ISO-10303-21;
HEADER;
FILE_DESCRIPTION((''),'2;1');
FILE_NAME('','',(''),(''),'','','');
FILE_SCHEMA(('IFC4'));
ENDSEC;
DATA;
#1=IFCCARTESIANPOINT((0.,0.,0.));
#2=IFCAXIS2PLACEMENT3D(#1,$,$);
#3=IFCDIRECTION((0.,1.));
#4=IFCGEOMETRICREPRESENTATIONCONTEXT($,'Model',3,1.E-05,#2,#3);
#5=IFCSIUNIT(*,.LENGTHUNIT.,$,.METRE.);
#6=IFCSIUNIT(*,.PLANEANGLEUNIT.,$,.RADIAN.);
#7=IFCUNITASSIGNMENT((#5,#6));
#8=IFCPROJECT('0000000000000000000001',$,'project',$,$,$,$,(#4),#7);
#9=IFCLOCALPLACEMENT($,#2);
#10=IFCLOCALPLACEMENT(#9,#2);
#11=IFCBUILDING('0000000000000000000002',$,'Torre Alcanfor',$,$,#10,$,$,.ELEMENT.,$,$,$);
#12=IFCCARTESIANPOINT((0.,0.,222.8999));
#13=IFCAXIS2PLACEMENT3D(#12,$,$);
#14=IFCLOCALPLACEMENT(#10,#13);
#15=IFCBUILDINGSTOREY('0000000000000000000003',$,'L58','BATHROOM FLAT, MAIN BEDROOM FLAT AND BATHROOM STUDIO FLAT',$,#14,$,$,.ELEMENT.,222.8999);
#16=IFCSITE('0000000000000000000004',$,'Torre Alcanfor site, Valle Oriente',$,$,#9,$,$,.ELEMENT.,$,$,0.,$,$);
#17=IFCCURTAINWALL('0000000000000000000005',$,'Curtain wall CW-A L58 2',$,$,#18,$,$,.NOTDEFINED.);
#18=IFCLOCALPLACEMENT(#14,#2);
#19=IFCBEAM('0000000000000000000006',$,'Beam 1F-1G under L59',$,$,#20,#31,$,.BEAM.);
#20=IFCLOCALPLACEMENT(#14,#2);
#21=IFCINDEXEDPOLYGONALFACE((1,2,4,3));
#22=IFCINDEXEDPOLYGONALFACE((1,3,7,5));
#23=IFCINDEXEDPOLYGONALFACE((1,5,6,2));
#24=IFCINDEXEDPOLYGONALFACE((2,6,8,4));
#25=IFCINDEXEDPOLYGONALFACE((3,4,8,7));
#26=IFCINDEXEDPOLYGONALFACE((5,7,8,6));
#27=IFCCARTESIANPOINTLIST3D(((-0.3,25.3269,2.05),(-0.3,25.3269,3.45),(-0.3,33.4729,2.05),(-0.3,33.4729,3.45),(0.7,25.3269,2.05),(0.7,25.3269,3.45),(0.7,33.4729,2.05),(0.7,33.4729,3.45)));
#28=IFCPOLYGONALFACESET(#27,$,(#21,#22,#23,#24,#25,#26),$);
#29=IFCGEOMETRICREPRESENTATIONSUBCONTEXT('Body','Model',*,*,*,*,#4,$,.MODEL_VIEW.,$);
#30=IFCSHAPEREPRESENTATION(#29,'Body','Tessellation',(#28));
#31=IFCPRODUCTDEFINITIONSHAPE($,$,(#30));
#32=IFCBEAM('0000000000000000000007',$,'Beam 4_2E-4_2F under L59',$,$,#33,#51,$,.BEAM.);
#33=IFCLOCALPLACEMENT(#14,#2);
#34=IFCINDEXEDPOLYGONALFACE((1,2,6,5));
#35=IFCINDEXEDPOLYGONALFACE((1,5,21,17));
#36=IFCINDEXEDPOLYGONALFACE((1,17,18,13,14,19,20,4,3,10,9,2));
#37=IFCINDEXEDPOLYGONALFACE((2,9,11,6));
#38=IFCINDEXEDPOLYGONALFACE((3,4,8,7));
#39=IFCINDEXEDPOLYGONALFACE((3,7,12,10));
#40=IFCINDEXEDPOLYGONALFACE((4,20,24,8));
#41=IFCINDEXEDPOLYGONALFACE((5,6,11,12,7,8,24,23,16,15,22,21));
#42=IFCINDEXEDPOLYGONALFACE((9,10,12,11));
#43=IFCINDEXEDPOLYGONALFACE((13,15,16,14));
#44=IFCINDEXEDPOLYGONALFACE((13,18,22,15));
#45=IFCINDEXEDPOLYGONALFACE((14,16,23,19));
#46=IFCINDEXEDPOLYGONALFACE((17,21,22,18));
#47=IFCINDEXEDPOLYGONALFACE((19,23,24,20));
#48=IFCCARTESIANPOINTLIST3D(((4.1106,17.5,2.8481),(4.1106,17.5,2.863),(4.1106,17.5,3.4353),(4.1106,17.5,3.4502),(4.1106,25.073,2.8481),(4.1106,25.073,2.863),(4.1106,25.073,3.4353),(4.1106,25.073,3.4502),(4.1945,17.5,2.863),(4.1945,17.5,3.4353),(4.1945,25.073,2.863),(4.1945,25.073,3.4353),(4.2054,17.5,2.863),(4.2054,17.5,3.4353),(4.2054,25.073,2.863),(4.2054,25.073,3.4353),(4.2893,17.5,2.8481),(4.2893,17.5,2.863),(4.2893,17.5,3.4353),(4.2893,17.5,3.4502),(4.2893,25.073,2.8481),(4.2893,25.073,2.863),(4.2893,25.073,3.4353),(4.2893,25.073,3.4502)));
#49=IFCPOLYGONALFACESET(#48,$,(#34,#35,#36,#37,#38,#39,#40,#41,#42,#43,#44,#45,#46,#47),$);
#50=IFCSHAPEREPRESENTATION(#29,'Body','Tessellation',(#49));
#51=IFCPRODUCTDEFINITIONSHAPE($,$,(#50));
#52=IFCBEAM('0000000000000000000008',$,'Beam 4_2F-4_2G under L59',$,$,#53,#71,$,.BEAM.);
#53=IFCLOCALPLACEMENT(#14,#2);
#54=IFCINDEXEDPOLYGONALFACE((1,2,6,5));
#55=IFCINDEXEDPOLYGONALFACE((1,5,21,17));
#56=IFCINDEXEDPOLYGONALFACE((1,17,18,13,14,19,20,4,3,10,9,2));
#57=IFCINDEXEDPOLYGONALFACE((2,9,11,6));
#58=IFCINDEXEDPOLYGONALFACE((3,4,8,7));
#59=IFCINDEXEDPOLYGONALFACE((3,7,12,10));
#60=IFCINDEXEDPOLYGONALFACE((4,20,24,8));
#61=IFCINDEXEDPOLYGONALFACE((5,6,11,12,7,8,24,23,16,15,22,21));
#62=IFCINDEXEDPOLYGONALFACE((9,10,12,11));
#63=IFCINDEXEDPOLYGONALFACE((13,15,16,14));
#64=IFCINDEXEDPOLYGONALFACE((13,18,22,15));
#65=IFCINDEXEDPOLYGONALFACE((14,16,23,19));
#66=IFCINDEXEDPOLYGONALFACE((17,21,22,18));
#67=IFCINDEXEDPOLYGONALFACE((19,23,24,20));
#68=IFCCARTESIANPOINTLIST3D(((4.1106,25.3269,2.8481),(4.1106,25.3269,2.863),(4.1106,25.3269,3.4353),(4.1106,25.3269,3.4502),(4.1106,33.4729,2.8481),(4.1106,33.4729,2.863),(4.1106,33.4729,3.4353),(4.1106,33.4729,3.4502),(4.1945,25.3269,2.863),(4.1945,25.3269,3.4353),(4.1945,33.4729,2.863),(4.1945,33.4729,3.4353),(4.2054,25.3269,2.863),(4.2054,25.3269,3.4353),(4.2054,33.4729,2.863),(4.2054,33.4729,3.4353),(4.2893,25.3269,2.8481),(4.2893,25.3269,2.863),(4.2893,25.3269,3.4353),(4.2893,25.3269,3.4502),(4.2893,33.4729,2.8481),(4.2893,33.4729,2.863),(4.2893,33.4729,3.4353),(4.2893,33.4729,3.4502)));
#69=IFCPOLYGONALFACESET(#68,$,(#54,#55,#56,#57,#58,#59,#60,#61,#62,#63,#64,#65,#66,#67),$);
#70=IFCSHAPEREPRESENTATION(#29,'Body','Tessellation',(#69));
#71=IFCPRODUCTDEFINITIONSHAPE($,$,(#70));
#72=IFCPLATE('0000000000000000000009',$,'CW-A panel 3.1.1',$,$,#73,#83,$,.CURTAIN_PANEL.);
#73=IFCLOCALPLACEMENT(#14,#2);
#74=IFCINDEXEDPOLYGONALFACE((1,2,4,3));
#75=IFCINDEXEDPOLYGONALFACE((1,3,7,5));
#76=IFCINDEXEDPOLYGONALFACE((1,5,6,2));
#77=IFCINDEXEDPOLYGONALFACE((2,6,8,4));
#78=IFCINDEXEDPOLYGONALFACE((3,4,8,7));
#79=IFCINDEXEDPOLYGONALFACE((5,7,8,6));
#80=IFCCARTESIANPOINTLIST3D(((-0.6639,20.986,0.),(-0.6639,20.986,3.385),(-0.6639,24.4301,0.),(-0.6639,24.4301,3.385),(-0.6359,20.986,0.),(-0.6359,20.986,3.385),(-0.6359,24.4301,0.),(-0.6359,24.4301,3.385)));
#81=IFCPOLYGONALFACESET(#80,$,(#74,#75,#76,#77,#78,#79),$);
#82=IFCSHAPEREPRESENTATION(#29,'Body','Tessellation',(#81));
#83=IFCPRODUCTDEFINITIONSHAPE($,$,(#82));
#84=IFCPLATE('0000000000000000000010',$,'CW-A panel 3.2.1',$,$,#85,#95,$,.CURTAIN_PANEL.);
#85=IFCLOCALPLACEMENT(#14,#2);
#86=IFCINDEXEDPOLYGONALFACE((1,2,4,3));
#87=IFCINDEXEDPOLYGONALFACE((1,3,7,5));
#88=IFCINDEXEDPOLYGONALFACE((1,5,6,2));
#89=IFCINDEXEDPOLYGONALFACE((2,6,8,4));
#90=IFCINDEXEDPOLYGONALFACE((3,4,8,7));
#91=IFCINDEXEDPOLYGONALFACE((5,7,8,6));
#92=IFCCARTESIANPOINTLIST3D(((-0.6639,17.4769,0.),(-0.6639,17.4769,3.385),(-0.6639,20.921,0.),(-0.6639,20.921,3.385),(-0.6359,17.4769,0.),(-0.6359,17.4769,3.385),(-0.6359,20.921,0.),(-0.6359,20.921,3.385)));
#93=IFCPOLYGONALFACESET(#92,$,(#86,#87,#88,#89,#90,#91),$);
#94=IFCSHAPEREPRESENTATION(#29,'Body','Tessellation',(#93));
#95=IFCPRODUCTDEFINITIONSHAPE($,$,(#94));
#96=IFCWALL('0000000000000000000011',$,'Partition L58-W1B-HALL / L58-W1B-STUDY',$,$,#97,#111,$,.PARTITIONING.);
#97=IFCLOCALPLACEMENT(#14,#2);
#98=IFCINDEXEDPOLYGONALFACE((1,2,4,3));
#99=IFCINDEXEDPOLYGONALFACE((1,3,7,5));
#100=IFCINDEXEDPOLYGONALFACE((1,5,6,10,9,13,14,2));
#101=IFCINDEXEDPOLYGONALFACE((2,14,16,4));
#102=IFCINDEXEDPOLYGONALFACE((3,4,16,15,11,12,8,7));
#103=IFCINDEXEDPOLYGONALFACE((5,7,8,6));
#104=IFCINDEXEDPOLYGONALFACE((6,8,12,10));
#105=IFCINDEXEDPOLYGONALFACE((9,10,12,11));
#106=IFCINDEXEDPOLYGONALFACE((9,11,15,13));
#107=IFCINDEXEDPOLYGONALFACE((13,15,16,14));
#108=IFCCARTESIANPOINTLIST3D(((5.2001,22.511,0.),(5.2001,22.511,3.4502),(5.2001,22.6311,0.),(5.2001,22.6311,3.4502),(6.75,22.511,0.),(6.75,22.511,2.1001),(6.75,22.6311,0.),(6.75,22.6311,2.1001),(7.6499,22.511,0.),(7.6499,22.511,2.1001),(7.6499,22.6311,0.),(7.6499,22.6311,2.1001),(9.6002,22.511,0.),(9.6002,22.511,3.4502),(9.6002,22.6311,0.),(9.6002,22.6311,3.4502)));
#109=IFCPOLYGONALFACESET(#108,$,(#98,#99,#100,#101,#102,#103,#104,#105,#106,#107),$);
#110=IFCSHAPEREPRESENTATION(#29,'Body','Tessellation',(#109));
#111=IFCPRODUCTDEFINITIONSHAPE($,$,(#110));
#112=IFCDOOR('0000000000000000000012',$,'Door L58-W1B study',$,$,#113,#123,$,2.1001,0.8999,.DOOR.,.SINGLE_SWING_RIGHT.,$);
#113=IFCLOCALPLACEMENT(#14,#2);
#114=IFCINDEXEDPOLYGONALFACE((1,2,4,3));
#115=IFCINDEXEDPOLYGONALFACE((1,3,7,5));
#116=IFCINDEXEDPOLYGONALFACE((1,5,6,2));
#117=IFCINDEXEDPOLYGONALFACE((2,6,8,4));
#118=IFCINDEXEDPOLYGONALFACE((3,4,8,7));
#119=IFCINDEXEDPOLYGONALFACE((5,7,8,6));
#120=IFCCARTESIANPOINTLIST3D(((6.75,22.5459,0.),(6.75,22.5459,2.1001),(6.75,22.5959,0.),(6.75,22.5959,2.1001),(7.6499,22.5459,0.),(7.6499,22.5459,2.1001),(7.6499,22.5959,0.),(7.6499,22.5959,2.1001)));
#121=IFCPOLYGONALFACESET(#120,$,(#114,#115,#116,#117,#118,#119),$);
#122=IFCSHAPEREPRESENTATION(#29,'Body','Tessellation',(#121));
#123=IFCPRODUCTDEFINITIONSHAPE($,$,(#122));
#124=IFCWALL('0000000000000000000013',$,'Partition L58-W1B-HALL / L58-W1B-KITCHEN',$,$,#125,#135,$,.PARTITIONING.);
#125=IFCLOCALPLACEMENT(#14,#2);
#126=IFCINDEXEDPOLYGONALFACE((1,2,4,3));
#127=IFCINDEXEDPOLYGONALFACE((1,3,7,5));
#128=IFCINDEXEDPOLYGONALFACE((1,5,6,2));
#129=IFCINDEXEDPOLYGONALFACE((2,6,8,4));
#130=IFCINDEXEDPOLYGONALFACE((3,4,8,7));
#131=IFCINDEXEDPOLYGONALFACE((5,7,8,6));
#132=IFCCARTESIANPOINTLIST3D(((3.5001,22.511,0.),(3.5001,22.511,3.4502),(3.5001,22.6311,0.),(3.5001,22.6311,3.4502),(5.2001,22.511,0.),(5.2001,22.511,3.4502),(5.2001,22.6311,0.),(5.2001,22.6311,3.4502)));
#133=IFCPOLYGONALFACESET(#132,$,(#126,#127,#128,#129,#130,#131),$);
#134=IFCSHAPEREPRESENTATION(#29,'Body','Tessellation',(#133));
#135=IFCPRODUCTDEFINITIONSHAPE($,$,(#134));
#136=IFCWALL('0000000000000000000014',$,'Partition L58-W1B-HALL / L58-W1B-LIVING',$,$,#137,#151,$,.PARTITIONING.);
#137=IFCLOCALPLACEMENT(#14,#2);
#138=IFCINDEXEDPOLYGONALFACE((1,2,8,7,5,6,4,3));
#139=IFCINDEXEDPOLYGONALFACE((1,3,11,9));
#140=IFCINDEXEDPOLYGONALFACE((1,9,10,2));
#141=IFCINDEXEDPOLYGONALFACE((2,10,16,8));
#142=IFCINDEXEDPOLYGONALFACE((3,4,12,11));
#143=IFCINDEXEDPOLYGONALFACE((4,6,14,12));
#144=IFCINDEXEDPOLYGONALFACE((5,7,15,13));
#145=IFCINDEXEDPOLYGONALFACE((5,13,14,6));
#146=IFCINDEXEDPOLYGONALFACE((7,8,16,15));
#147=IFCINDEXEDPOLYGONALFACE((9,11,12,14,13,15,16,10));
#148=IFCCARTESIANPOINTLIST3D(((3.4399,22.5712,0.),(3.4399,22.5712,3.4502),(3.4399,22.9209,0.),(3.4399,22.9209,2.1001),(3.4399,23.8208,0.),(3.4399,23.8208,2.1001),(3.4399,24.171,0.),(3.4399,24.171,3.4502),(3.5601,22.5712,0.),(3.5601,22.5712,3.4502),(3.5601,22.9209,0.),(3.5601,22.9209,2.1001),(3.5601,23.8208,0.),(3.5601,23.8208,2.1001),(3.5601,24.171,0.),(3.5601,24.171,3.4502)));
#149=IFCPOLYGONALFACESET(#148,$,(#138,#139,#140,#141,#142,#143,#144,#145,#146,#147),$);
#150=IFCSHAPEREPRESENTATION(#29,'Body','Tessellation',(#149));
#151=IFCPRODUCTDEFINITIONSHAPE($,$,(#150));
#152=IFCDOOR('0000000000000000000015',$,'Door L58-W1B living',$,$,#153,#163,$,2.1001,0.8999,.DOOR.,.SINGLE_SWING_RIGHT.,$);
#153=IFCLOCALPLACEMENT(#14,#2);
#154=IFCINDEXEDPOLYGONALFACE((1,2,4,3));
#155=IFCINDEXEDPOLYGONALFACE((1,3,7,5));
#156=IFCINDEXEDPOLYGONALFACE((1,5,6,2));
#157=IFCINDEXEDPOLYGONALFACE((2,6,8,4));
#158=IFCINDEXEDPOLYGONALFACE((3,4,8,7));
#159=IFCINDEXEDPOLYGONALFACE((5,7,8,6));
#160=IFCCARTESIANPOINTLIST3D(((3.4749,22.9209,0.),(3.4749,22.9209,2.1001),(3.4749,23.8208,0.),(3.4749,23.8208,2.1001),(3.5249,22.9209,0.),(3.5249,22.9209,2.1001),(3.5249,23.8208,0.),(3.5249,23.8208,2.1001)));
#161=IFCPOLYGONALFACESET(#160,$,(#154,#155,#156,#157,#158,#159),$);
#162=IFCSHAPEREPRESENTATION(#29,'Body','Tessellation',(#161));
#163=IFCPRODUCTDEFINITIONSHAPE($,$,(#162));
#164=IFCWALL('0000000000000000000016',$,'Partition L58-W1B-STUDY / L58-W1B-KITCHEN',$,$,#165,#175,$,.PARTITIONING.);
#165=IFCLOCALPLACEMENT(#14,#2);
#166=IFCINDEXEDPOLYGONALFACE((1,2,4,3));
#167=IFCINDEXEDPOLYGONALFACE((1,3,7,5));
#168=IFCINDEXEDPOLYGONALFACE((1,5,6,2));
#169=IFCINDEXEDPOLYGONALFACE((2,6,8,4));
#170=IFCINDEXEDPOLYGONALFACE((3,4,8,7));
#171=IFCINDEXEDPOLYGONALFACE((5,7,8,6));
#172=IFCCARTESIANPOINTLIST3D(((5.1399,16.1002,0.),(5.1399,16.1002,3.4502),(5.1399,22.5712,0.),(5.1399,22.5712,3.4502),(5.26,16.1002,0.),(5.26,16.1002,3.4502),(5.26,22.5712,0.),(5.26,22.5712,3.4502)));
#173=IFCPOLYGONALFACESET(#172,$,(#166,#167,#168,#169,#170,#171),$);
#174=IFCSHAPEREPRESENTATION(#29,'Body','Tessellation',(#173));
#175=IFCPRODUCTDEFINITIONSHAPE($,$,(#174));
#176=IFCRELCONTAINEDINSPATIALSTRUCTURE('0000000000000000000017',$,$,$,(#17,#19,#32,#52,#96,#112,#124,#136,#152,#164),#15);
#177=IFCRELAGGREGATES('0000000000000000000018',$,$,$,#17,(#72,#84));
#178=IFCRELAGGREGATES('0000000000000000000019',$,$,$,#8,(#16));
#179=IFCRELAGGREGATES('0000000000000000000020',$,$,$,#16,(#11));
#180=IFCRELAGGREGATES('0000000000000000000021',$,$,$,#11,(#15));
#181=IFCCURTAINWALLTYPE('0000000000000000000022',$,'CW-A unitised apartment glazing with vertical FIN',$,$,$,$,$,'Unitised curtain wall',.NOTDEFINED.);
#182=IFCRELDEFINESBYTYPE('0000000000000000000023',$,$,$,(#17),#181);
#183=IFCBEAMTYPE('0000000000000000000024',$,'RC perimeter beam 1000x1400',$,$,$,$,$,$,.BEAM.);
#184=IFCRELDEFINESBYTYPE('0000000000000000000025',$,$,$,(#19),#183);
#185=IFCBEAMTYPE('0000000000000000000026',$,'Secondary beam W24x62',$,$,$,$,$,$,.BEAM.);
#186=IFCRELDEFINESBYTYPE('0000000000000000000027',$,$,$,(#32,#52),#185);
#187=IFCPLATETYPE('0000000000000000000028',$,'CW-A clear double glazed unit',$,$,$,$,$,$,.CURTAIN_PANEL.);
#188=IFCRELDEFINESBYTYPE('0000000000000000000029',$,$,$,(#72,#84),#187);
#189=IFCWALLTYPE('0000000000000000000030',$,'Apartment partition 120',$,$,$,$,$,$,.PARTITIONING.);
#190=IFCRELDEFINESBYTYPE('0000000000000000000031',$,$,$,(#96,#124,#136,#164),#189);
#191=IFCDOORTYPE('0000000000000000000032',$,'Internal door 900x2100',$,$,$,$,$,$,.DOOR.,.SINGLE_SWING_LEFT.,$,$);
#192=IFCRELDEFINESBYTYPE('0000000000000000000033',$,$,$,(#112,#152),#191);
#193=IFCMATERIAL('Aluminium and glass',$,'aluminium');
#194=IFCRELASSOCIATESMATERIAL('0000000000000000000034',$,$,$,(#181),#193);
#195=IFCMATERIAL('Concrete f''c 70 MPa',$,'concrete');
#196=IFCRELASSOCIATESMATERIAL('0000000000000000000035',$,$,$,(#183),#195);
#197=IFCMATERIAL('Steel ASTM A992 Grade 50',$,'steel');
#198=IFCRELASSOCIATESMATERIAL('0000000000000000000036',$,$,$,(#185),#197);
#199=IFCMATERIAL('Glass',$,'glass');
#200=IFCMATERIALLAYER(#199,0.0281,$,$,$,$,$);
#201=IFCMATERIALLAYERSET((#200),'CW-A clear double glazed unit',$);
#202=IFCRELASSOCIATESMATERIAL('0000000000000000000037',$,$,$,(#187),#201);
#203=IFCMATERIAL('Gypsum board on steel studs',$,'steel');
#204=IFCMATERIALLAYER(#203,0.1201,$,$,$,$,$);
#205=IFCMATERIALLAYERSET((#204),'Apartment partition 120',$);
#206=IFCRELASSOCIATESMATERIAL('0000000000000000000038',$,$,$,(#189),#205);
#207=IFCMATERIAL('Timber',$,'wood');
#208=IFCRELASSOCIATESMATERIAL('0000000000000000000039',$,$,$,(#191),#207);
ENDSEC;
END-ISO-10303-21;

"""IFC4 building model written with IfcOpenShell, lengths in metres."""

from ifc_helpers import new_model, si_unit, direction, frame, frame_2d, origin, origin_2d, place, context, subcontext, project, spatial, rectangle, i_section, extrude, material, layer, layer_set, material_profile, profile_set, type_object, element, fill, aggregate, save


model = new_model("IFC4")

# Units and contexts
model_context = context("Model", 3, precision=1e-05, world=origin(), true_north=direction((0.0, 1.0)))
body_context = subcontext(model_context, "Body", "Model", "MODEL_VIEW")
ifc_project = project(units=[si_unit("LENGTHUNIT", "METRE"), si_unit("PLANEANGLEUNIT", "RADIAN")], contexts=[model_context])

# Site, building, storey
site_placement = place(None, origin())
site = spatial("IfcSite", under=ifc_project, at=site_placement, Name="Torre Alcanfor site, Valle Oriente", CompositionType="ELEMENT", RefElevation=0.0)
building_placement = place(site_placement, origin())
building = spatial("IfcBuilding", under=site, at=building_placement, Name="Torre Alcanfor", CompositionType="ELEMENT")
storey_placement = place(building_placement, frame((0.0, 0.0, 222.8999)))
storey = spatial("IfcBuildingStorey", under=building, at=storey_placement, Name="L58", Description="BATHROOM FLAT, MAIN BEDROOM FLAT AND BATHROOM STUDIO FLAT", CompositionType="ELEMENT", Elevation=222.8999)

# Curtain wall
ifc_material_1 = material(Name="Aluminium and glass", Category="aluminium")
curtain_wall_type = type_object("IfcCurtainWallType", Name="CW-A unitised apartment glazing with vertical FIN", ElementType="Unitised curtain wall", PredefinedType="NOTDEFINED", material=ifc_material_1)
curtain_wall_placement = place(storey_placement, origin())
curtain_wall = element("IfcCurtainWall", 1, at=curtain_wall_placement, inside=storey, type_object=curtain_wall_type, Name="Curtain wall CW-A L58 2", PredefinedType="NOTDEFINED")

# Beams
ifc_material_2 = material(Name="Concrete f'c 70 MPa", Category="concrete")
ifc_material_profile_1 = material_profile(ifc_material_2, rectangle(XDim=1.0, YDim=1.3999, at=origin_2d()), Name="1000x1400")
ifc_profile_set_1 = profile_set([ifc_material_profile_1], Name="Concrete f'c 70 MPa")
beam_type_1 = type_object("IfcBeamType", Name="RC perimeter beam 1000x1400", PredefinedType="BEAM", material=ifc_profile_set_1)
beam_1_placement = place(storey_placement, frame((0.2, 25.3269, 2.75), z_axis=(0.0, 1.0, 0.0), x_axis=(-1.0, 0.0, 0.0)))
element("IfcBeam", 2, at=beam_1_placement, inside=storey, type_object=beam_type_1, Name="Beam 1F-1G under L59", PredefinedType="BEAM", context=body_context, shape_type="SweptSolid", body=[
    extrude(rectangle(XDim=1.0, YDim=1.3999, at=origin_2d()), origin(), (0.0, 0.0, 1.0), 8.146),
])
ifc_material_3 = material(Name="Steel ASTM A992 Grade 50", Category="steel")
ifc_material_profile_2 = material_profile(ifc_material_3, i_section(OverallWidth=0.1787, OverallDepth=0.6021, WebThickness=0.011, FlangeThickness=0.0149, at=origin_2d()), Name="W24x62")
ifc_profile_set_2 = profile_set([ifc_material_profile_2], Name="Steel ASTM A992 Grade 50")
beam_type_2 = type_object("IfcBeamType", Name="Secondary beam W24x62", PredefinedType="BEAM", material=ifc_profile_set_2)
beam_2_placement = place(storey_placement, frame((4.2, 17.5, 3.1492), z_axis=(0.0, 1.0, 0.0), x_axis=(-1.0, 0.0, 0.0)))
element("IfcBeam", 3, at=beam_2_placement, inside=storey, type_object=beam_type_2, Name="Beam 4_2E-4_2F under L59", PredefinedType="BEAM", context=body_context, shape_type="SweptSolid", body=[
    extrude(i_section(OverallWidth=0.1787, OverallDepth=0.6021, WebThickness=0.011, FlangeThickness=0.0149, at=origin_2d()), origin(), (0.0, 0.0, 1.0), 7.573),
])
beam_3_placement = place(storey_placement, frame((4.2, 25.3269, 3.1492), z_axis=(0.0, 1.0, 0.0), x_axis=(-1.0, 0.0, 0.0)))
element("IfcBeam", 4, at=beam_3_placement, inside=storey, type_object=beam_type_2, Name="Beam 4_2F-4_2G under L59", PredefinedType="BEAM", context=body_context, shape_type="SweptSolid", body=[
    extrude(i_section(OverallWidth=0.1787, OverallDepth=0.6021, WebThickness=0.011, FlangeThickness=0.0149, at=origin_2d()), origin(), (0.0, 0.0, 1.0), 8.146),
])

# Plates
ifc_material_4 = material(Name="Glass", Category="glass")
ifc_layer_1 = layer(ifc_material_4, 0.0281)
ifc_layer_set_1 = layer_set([ifc_layer_1], Name="CW-A clear double glazed unit")
plate_type = type_object("IfcPlateType", Name="CW-A clear double glazed unit", PredefinedType="CURTAIN_PANEL", material=ifc_layer_set_1)
plate_1_placement = place(storey_placement, frame((-0.6499, 22.708, 0.0), z_axis=(0.0, 0.0, 1.0), x_axis=(0.0, -1.0, 0.0)))
plate_1 = element("IfcPlate", 5, at=plate_1_placement, type_object=plate_type, Name="CW-A panel 3.1.1", PredefinedType="CURTAIN_PANEL", context=body_context, shape_type="SweptSolid", body=[
    extrude(rectangle(XDim=3.4441, YDim=0.0281, at=origin_2d()), origin(), (0.0, 0.0, 1.0), 3.385),
])
plate_2_placement = place(storey_placement, frame((-0.6499, 19.199, 0.0), z_axis=(0.0, 0.0, 1.0), x_axis=(0.0, -1.0, 0.0)))
plate_2 = element("IfcPlate", 6, at=plate_2_placement, type_object=plate_type, Name="CW-A panel 3.2.1", PredefinedType="CURTAIN_PANEL", context=body_context, shape_type="SweptSolid", body=[
    extrude(rectangle(XDim=3.4441, YDim=0.0281, at=origin_2d()), origin(), (0.0, 0.0, 1.0), 3.385),
])
aggregate(curtain_wall, [plate_1, plate_2])

# Wall, opening, door
ifc_material_5 = material(Name="Gypsum board on steel studs", Category="steel")
ifc_layer_2 = layer(ifc_material_5, 0.1201)
ifc_layer_set_2 = layer_set([ifc_layer_2], Name="Apartment partition 120")
wall_type_1 = type_object("IfcWallType", Name="Apartment partition 120", PredefinedType="PARTITIONING", material=ifc_layer_set_2)
wall_1_placement = place(storey_placement, frame((5.2, 22.571, 0.0), z_axis=(0.0, 0.0, 1.0), x_axis=(1.0, 0.0, 0.0)))
wall_1 = element("IfcWall", 7, at=wall_1_placement, inside=storey, type_object=wall_type_1, Name="Partition L58-W1B-HALL / L58-W1B-STUDY", PredefinedType="PARTITIONING", context=body_context, shape_type="SweptSolid", body=[
    extrude(rectangle(XDim=4.4001, YDim=0.1201, at=frame_2d((2.2002, 0.0))), origin(), (0.0, 0.0, 1.0), 3.4502),
])
opening_1_placement = place(wall_1_placement, frame((1.55, 0.0, 0.0)))
opening_1 = element("IfcOpeningElement", 8, at=opening_1_placement, cuts=wall_1, PredefinedType="OPENING", context=body_context, shape_type="SweptSolid", body=[
    extrude(rectangle(XDim=0.8999, YDim=2.1001, at=frame_2d((0.45, 1.05))), frame((0.0, 0.0701, 0.0), z_axis=(0.0, -1.0, 0.0), x_axis=(1.0, 0.0, 0.0)), (0.0, 0.0, 1.0), 0.1401),
])
ifc_material_6 = material(Name="Timber", Category="wood")
door_type = type_object("IfcDoorType", Name="Internal door 900x2100", OperationType="SINGLE_SWING_LEFT", PredefinedType="DOOR", material=ifc_material_6)
door_1_placement = place(opening_1_placement, frame((0.8999, 0.0, 0.0), z_axis=(0.0, 0.0, 1.0), x_axis=(-1.0, 0.0, 0.0)))
door_1 = element("IfcDoor", 9, at=door_1_placement, inside=storey, type_object=door_type, Name="Door L58-W1B study", OperationType="SINGLE_SWING_RIGHT", OverallHeight=2.1001, OverallWidth=0.8999, PredefinedType="DOOR", context=body_context, shape_type="SweptSolid", body=[
    extrude(rectangle(XDim=0.8999, YDim=2.1001, at=frame_2d((0.45, 1.05))), frame((0.0, 0.0251, 0.0), z_axis=(0.0, -1.0, 0.0), x_axis=(1.0, 0.0, 0.0)), (0.0, 0.0, 1.0), 0.05),
])
fill(opening_1, door_1)

# Wall
wall_2_placement = place(storey_placement, frame((3.5, 22.571, 0.0), z_axis=(0.0, 0.0, 1.0), x_axis=(1.0, 0.0, 0.0)))
element("IfcWall", 10, at=wall_2_placement, inside=storey, type_object=wall_type_1, Name="Partition L58-W1B-HALL / L58-W1B-KITCHEN", PredefinedType="PARTITIONING", context=body_context, shape_type="SweptSolid", body=[
    extrude(rectangle(XDim=1.7, YDim=0.1201, at=frame_2d((0.8501, 0.0))), origin(), (0.0, 0.0, 1.0), 3.4502),
])

# Wall, opening, door
wall_3_placement = place(storey_placement, frame((3.5, 24.1709, 0.0), z_axis=(0.0, 0.0, 1.0), x_axis=(0.0, -1.0, 0.0)))
wall_3 = element("IfcWall", 11, at=wall_3_placement, inside=storey, type_object=wall_type_1, Name="Partition L58-W1B-HALL / L58-W1B-LIVING", PredefinedType="PARTITIONING", context=body_context, shape_type="SweptSolid", body=[
    extrude(rectangle(XDim=1.5999, YDim=0.1201, at=frame_2d((0.7998, 0.0))), origin(), (0.0, 0.0, 1.0), 3.4502),
])
opening_2_placement = place(wall_3_placement, frame((0.3501, 0.0, 0.0)))
opening_2 = element("IfcOpeningElement", 12, at=opening_2_placement, cuts=wall_3, PredefinedType="OPENING", context=body_context, shape_type="SweptSolid", body=[
    extrude(rectangle(XDim=0.8999, YDim=2.1001, at=frame_2d((0.45, 1.05))), frame((0.0, 0.0701, 0.0), z_axis=(0.0, -1.0, 0.0), x_axis=(1.0, 0.0, 0.0)), (0.0, 0.0, 1.0), 0.1401),
])
door_2_placement = place(opening_2_placement, frame((0.8999, 0.0, 0.0), z_axis=(0.0, 0.0, 1.0), x_axis=(-1.0, 0.0, 0.0)))
door_2 = element("IfcDoor", 13, at=door_2_placement, inside=storey, type_object=door_type, Name="Door L58-W1B living", OperationType="SINGLE_SWING_RIGHT", OverallHeight=2.1001, OverallWidth=0.8999, PredefinedType="DOOR", context=body_context, shape_type="SweptSolid", body=[
    extrude(rectangle(XDim=0.8999, YDim=2.1001, at=frame_2d((0.45, 1.05))), frame((0.0, 0.0251, 0.0), z_axis=(0.0, -1.0, 0.0), x_axis=(1.0, 0.0, 0.0)), (0.0, 0.0, 1.0), 0.05),
])
fill(opening_2, door_2)

# Wall
wall_4_placement = place(storey_placement, frame((5.2, 22.571, 0.0), z_axis=(0.0, 0.0, 1.0), x_axis=(0.0, -1.0, 0.0)))
element("IfcWall", 14, at=wall_4_placement, inside=storey, type_object=wall_type_1, Name="Partition L58-W1B-STUDY / L58-W1B-KITCHEN", PredefinedType="PARTITIONING", context=body_context, shape_type="SweptSolid", body=[
    extrude(rectangle(XDim=6.4709, YDim=0.1201, at=frame_2d((3.2354, 0.0))), origin(), (0.0, 0.0, 1.0), 3.4502),
])

save(model, "model.ifc")
